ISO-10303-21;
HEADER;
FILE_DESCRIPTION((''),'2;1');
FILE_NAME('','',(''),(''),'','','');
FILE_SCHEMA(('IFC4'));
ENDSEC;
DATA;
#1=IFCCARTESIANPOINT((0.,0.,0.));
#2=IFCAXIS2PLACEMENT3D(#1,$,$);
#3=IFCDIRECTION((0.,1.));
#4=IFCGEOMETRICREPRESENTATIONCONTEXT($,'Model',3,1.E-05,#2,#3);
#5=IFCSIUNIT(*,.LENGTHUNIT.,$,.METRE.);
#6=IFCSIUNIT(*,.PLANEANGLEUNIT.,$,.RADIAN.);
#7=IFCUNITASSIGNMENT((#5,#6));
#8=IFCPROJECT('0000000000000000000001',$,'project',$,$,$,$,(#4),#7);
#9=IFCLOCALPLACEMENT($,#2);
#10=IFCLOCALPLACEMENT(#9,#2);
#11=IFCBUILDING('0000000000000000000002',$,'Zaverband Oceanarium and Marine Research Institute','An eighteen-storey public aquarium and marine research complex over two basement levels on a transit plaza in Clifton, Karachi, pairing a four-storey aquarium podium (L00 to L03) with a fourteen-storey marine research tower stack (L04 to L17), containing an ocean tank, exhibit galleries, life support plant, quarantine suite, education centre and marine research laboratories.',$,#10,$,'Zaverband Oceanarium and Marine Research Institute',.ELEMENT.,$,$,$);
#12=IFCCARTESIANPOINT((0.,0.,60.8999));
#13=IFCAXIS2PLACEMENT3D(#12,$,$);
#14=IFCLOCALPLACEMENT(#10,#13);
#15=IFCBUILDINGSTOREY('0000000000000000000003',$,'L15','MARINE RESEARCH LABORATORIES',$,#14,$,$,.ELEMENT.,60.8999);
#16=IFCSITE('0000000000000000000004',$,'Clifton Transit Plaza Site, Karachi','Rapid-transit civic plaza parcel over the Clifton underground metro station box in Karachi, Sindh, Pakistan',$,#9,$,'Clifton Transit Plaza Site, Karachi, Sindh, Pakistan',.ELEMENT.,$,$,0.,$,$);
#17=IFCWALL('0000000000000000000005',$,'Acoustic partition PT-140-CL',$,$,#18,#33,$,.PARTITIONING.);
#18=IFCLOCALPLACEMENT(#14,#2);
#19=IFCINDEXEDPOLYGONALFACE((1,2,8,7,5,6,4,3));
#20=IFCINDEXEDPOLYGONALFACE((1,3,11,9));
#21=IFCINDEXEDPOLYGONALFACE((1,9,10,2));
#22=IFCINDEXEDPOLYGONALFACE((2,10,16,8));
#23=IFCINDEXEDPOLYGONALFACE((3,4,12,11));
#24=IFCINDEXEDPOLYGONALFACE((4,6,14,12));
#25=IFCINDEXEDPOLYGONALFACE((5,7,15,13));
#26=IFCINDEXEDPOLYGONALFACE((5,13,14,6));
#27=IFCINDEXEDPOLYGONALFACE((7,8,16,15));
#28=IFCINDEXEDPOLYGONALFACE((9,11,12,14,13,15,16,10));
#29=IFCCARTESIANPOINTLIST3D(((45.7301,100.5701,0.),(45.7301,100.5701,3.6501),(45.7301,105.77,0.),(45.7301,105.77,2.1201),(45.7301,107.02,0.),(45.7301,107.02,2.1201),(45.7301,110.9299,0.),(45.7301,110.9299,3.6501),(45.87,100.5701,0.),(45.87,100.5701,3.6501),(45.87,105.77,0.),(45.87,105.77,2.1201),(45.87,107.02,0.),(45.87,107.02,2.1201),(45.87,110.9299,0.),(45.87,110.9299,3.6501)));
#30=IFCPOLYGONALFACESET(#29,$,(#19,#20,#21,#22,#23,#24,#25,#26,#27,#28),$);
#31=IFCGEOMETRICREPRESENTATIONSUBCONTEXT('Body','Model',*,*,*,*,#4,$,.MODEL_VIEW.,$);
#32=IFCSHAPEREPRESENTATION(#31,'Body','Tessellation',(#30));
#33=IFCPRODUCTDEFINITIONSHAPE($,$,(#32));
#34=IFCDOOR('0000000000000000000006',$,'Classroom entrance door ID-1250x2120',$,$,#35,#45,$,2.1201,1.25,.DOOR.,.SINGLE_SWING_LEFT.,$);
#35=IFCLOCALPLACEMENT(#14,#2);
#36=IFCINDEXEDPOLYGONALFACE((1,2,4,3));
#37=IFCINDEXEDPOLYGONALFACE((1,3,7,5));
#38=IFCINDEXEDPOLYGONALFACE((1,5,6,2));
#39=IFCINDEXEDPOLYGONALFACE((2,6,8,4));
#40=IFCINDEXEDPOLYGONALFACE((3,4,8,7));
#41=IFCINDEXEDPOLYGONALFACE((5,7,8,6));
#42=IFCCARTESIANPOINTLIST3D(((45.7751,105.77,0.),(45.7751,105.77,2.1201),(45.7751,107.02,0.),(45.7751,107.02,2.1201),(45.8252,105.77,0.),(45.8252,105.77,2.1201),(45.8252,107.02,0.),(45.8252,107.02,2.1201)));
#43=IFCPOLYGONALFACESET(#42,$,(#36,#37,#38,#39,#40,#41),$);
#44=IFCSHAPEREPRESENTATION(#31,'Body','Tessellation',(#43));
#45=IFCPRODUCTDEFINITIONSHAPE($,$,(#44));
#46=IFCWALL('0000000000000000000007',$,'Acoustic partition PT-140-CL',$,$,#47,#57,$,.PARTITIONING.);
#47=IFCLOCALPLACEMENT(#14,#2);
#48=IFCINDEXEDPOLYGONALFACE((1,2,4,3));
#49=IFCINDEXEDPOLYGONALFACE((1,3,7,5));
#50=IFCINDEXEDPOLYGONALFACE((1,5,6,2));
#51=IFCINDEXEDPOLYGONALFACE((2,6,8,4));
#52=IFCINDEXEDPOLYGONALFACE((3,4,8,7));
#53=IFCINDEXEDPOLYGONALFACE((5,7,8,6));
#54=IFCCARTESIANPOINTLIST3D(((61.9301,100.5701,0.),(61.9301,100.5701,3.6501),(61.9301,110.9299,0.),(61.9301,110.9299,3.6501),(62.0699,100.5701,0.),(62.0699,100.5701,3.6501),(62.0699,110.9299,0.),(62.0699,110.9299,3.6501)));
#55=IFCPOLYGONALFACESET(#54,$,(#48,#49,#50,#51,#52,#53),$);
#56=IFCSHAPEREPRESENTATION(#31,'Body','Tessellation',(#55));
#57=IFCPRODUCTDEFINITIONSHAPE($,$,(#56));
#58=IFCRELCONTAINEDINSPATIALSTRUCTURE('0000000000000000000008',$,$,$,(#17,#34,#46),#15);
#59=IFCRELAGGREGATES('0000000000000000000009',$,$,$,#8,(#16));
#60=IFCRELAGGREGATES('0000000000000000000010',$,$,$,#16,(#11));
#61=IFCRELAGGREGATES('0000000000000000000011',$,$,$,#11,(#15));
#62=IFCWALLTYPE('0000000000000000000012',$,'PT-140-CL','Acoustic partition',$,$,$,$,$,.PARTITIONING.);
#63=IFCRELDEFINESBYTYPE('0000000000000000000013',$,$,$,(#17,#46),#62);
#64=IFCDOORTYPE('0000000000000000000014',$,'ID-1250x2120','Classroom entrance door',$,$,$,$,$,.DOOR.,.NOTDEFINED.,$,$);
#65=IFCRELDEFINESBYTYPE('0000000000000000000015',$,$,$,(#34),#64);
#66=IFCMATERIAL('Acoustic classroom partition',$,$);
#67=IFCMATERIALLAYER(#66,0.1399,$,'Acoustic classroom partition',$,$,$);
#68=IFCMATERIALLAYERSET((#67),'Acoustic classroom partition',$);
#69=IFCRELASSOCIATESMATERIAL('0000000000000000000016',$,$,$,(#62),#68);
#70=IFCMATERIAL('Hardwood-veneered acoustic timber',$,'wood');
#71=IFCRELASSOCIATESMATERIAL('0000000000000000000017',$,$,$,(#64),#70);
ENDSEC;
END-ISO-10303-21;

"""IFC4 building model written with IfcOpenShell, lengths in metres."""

from ifc_helpers import new_model, si_unit, direction, frame, frame_2d, origin, place, context, subcontext, project, spatial, rectangle, extrude, material, layer, layer_set, type_object, element, fill, save


model = new_model("IFC4")

# Units and contexts
model_context = context("Model", 3, precision=1e-05, world=origin(), true_north=direction((0.0, 1.0)))
body_context = subcontext(model_context, "Body", "Model", "MODEL_VIEW")
ifc_project = project(units=[si_unit("LENGTHUNIT", "METRE"), si_unit("PLANEANGLEUNIT", "RADIAN")], contexts=[model_context])

# Site, building, storey
site_placement = place(None, origin())
site = spatial("IfcSite", under=ifc_project, at=site_placement, Name="Clifton Transit Plaza Site, Karachi", Description="Rapid-transit civic plaza parcel over the Clifton underground metro station box in Karachi, Sindh, Pakistan", LongName="Clifton Transit Plaza Site, Karachi, Sindh, Pakistan", CompositionType="ELEMENT", RefElevation=0.0)
building_placement = place(site_placement, origin())
building = spatial("IfcBuilding", under=site, at=building_placement, Name="Zaverband Oceanarium and Marine Research Institute", Description="An eighteen-storey public aquarium and marine research complex over two basement levels on a transit plaza in Clifton, Karachi, pairing a four-storey aquarium podium (L00 to L03) with a fourteen-storey marine research tower stack (L04 to L17), containing an ocean tank, exhibit galleries, life support plant, quarantine suite, education centre and marine research laboratories.", LongName="Zaverband Oceanarium and Marine Research Institute", CompositionType="ELEMENT")
storey_placement = place(building_placement, frame((0.0, 0.0, 60.8999)))
storey = spatial("IfcBuildingStorey", under=building, at=storey_placement, Name="L15", Description="MARINE RESEARCH LABORATORIES", CompositionType="ELEMENT", Elevation=60.8999)

# Shared definitions
ifc_material_1 = material(Name="Acoustic classroom partition")
ifc_layer_1 = layer(ifc_material_1, 0.1399, Name="Acoustic classroom partition")
ifc_layer_set_1 = layer_set([ifc_layer_1], Name="Acoustic classroom partition")
wall_type_1 = type_object("IfcWallType", Name="PT-140-CL", Description="Acoustic partition", PredefinedType="PARTITIONING", material=ifc_layer_set_1)

# Wall, opening, door
wall_1_placement = place(storey_placement, frame((45.8, 100.5701, 0.0), z_axis=(0.0, 0.0, 1.0), x_axis=(0.0, 1.0, 0.0)))
wall_1 = element("IfcWall", 1, at=wall_1_placement, inside=storey, type_object=wall_type_1, Name="Acoustic partition PT-140-CL", PredefinedType="PARTITIONING", context=body_context, shape_type="SweptSolid", body=[
    extrude(rectangle(XDim=10.3599, YDim=0.1399, at=frame_2d((5.1799, 0.0))), origin(), (0.0, 0.0, 1.0), 3.6501),
])
opening_1_placement = place(wall_1_placement, frame((5.2, 0.0, 0.0)))
opening_1 = element("IfcOpeningElement", 2, at=opening_1_placement, cuts=wall_1, PredefinedType="OPENING", context=body_context, shape_type="SweptSolid", body=[
    extrude(rectangle(XDim=1.25, YDim=2.1201, at=frame_2d((0.625, 1.0601))), frame((0.0, 0.082, 0.0), z_axis=(0.0, -1.0, 0.0), x_axis=(1.0, 0.0, 0.0)), (0.0, 0.0, 1.0), 0.1638),
])
ifc_material_2 = material(Name="Hardwood-veneered acoustic timber", Category="wood")
door_type = type_object("IfcDoorType", Name="ID-1250x2120", Description="Classroom entrance door", OperationType="NOTDEFINED", PredefinedType="DOOR", material=ifc_material_2)
door_placement = place(opening_1_placement, origin())
door = element("IfcDoor", 3, at=door_placement, inside=storey, type_object=door_type, Name="Classroom entrance door ID-1250x2120", OperationType="SINGLE_SWING_LEFT", OverallHeight=2.1201, OverallWidth=1.25, PredefinedType="DOOR", context=body_context, shape_type="SweptSolid", body=[
    extrude(rectangle(XDim=1.25, YDim=2.1201, at=frame_2d((0.625, 1.0601))), frame((0.0, 0.0249, 0.0), z_axis=(0.0, -1.0, 0.0), x_axis=(1.0, 0.0, 0.0)), (0.0, 0.0, 1.0), 0.05),
])
fill(opening_1, door)

# Wall
wall_2_placement = place(storey_placement, frame((62.0, 100.5701, 0.0), z_axis=(0.0, 0.0, 1.0), x_axis=(0.0, 1.0, 0.0)))
element("IfcWall", 4, at=wall_2_placement, inside=storey, type_object=wall_type_1, Name="Acoustic partition PT-140-CL", PredefinedType="PARTITIONING", context=body_context, shape_type="SweptSolid", body=[
    extrude(rectangle(XDim=10.3599, YDim=0.1399, at=frame_2d((5.1799, 0.0))), origin(), (0.0, 0.0, 1.0), 3.6501),
])

save(model, "model.ifc")
